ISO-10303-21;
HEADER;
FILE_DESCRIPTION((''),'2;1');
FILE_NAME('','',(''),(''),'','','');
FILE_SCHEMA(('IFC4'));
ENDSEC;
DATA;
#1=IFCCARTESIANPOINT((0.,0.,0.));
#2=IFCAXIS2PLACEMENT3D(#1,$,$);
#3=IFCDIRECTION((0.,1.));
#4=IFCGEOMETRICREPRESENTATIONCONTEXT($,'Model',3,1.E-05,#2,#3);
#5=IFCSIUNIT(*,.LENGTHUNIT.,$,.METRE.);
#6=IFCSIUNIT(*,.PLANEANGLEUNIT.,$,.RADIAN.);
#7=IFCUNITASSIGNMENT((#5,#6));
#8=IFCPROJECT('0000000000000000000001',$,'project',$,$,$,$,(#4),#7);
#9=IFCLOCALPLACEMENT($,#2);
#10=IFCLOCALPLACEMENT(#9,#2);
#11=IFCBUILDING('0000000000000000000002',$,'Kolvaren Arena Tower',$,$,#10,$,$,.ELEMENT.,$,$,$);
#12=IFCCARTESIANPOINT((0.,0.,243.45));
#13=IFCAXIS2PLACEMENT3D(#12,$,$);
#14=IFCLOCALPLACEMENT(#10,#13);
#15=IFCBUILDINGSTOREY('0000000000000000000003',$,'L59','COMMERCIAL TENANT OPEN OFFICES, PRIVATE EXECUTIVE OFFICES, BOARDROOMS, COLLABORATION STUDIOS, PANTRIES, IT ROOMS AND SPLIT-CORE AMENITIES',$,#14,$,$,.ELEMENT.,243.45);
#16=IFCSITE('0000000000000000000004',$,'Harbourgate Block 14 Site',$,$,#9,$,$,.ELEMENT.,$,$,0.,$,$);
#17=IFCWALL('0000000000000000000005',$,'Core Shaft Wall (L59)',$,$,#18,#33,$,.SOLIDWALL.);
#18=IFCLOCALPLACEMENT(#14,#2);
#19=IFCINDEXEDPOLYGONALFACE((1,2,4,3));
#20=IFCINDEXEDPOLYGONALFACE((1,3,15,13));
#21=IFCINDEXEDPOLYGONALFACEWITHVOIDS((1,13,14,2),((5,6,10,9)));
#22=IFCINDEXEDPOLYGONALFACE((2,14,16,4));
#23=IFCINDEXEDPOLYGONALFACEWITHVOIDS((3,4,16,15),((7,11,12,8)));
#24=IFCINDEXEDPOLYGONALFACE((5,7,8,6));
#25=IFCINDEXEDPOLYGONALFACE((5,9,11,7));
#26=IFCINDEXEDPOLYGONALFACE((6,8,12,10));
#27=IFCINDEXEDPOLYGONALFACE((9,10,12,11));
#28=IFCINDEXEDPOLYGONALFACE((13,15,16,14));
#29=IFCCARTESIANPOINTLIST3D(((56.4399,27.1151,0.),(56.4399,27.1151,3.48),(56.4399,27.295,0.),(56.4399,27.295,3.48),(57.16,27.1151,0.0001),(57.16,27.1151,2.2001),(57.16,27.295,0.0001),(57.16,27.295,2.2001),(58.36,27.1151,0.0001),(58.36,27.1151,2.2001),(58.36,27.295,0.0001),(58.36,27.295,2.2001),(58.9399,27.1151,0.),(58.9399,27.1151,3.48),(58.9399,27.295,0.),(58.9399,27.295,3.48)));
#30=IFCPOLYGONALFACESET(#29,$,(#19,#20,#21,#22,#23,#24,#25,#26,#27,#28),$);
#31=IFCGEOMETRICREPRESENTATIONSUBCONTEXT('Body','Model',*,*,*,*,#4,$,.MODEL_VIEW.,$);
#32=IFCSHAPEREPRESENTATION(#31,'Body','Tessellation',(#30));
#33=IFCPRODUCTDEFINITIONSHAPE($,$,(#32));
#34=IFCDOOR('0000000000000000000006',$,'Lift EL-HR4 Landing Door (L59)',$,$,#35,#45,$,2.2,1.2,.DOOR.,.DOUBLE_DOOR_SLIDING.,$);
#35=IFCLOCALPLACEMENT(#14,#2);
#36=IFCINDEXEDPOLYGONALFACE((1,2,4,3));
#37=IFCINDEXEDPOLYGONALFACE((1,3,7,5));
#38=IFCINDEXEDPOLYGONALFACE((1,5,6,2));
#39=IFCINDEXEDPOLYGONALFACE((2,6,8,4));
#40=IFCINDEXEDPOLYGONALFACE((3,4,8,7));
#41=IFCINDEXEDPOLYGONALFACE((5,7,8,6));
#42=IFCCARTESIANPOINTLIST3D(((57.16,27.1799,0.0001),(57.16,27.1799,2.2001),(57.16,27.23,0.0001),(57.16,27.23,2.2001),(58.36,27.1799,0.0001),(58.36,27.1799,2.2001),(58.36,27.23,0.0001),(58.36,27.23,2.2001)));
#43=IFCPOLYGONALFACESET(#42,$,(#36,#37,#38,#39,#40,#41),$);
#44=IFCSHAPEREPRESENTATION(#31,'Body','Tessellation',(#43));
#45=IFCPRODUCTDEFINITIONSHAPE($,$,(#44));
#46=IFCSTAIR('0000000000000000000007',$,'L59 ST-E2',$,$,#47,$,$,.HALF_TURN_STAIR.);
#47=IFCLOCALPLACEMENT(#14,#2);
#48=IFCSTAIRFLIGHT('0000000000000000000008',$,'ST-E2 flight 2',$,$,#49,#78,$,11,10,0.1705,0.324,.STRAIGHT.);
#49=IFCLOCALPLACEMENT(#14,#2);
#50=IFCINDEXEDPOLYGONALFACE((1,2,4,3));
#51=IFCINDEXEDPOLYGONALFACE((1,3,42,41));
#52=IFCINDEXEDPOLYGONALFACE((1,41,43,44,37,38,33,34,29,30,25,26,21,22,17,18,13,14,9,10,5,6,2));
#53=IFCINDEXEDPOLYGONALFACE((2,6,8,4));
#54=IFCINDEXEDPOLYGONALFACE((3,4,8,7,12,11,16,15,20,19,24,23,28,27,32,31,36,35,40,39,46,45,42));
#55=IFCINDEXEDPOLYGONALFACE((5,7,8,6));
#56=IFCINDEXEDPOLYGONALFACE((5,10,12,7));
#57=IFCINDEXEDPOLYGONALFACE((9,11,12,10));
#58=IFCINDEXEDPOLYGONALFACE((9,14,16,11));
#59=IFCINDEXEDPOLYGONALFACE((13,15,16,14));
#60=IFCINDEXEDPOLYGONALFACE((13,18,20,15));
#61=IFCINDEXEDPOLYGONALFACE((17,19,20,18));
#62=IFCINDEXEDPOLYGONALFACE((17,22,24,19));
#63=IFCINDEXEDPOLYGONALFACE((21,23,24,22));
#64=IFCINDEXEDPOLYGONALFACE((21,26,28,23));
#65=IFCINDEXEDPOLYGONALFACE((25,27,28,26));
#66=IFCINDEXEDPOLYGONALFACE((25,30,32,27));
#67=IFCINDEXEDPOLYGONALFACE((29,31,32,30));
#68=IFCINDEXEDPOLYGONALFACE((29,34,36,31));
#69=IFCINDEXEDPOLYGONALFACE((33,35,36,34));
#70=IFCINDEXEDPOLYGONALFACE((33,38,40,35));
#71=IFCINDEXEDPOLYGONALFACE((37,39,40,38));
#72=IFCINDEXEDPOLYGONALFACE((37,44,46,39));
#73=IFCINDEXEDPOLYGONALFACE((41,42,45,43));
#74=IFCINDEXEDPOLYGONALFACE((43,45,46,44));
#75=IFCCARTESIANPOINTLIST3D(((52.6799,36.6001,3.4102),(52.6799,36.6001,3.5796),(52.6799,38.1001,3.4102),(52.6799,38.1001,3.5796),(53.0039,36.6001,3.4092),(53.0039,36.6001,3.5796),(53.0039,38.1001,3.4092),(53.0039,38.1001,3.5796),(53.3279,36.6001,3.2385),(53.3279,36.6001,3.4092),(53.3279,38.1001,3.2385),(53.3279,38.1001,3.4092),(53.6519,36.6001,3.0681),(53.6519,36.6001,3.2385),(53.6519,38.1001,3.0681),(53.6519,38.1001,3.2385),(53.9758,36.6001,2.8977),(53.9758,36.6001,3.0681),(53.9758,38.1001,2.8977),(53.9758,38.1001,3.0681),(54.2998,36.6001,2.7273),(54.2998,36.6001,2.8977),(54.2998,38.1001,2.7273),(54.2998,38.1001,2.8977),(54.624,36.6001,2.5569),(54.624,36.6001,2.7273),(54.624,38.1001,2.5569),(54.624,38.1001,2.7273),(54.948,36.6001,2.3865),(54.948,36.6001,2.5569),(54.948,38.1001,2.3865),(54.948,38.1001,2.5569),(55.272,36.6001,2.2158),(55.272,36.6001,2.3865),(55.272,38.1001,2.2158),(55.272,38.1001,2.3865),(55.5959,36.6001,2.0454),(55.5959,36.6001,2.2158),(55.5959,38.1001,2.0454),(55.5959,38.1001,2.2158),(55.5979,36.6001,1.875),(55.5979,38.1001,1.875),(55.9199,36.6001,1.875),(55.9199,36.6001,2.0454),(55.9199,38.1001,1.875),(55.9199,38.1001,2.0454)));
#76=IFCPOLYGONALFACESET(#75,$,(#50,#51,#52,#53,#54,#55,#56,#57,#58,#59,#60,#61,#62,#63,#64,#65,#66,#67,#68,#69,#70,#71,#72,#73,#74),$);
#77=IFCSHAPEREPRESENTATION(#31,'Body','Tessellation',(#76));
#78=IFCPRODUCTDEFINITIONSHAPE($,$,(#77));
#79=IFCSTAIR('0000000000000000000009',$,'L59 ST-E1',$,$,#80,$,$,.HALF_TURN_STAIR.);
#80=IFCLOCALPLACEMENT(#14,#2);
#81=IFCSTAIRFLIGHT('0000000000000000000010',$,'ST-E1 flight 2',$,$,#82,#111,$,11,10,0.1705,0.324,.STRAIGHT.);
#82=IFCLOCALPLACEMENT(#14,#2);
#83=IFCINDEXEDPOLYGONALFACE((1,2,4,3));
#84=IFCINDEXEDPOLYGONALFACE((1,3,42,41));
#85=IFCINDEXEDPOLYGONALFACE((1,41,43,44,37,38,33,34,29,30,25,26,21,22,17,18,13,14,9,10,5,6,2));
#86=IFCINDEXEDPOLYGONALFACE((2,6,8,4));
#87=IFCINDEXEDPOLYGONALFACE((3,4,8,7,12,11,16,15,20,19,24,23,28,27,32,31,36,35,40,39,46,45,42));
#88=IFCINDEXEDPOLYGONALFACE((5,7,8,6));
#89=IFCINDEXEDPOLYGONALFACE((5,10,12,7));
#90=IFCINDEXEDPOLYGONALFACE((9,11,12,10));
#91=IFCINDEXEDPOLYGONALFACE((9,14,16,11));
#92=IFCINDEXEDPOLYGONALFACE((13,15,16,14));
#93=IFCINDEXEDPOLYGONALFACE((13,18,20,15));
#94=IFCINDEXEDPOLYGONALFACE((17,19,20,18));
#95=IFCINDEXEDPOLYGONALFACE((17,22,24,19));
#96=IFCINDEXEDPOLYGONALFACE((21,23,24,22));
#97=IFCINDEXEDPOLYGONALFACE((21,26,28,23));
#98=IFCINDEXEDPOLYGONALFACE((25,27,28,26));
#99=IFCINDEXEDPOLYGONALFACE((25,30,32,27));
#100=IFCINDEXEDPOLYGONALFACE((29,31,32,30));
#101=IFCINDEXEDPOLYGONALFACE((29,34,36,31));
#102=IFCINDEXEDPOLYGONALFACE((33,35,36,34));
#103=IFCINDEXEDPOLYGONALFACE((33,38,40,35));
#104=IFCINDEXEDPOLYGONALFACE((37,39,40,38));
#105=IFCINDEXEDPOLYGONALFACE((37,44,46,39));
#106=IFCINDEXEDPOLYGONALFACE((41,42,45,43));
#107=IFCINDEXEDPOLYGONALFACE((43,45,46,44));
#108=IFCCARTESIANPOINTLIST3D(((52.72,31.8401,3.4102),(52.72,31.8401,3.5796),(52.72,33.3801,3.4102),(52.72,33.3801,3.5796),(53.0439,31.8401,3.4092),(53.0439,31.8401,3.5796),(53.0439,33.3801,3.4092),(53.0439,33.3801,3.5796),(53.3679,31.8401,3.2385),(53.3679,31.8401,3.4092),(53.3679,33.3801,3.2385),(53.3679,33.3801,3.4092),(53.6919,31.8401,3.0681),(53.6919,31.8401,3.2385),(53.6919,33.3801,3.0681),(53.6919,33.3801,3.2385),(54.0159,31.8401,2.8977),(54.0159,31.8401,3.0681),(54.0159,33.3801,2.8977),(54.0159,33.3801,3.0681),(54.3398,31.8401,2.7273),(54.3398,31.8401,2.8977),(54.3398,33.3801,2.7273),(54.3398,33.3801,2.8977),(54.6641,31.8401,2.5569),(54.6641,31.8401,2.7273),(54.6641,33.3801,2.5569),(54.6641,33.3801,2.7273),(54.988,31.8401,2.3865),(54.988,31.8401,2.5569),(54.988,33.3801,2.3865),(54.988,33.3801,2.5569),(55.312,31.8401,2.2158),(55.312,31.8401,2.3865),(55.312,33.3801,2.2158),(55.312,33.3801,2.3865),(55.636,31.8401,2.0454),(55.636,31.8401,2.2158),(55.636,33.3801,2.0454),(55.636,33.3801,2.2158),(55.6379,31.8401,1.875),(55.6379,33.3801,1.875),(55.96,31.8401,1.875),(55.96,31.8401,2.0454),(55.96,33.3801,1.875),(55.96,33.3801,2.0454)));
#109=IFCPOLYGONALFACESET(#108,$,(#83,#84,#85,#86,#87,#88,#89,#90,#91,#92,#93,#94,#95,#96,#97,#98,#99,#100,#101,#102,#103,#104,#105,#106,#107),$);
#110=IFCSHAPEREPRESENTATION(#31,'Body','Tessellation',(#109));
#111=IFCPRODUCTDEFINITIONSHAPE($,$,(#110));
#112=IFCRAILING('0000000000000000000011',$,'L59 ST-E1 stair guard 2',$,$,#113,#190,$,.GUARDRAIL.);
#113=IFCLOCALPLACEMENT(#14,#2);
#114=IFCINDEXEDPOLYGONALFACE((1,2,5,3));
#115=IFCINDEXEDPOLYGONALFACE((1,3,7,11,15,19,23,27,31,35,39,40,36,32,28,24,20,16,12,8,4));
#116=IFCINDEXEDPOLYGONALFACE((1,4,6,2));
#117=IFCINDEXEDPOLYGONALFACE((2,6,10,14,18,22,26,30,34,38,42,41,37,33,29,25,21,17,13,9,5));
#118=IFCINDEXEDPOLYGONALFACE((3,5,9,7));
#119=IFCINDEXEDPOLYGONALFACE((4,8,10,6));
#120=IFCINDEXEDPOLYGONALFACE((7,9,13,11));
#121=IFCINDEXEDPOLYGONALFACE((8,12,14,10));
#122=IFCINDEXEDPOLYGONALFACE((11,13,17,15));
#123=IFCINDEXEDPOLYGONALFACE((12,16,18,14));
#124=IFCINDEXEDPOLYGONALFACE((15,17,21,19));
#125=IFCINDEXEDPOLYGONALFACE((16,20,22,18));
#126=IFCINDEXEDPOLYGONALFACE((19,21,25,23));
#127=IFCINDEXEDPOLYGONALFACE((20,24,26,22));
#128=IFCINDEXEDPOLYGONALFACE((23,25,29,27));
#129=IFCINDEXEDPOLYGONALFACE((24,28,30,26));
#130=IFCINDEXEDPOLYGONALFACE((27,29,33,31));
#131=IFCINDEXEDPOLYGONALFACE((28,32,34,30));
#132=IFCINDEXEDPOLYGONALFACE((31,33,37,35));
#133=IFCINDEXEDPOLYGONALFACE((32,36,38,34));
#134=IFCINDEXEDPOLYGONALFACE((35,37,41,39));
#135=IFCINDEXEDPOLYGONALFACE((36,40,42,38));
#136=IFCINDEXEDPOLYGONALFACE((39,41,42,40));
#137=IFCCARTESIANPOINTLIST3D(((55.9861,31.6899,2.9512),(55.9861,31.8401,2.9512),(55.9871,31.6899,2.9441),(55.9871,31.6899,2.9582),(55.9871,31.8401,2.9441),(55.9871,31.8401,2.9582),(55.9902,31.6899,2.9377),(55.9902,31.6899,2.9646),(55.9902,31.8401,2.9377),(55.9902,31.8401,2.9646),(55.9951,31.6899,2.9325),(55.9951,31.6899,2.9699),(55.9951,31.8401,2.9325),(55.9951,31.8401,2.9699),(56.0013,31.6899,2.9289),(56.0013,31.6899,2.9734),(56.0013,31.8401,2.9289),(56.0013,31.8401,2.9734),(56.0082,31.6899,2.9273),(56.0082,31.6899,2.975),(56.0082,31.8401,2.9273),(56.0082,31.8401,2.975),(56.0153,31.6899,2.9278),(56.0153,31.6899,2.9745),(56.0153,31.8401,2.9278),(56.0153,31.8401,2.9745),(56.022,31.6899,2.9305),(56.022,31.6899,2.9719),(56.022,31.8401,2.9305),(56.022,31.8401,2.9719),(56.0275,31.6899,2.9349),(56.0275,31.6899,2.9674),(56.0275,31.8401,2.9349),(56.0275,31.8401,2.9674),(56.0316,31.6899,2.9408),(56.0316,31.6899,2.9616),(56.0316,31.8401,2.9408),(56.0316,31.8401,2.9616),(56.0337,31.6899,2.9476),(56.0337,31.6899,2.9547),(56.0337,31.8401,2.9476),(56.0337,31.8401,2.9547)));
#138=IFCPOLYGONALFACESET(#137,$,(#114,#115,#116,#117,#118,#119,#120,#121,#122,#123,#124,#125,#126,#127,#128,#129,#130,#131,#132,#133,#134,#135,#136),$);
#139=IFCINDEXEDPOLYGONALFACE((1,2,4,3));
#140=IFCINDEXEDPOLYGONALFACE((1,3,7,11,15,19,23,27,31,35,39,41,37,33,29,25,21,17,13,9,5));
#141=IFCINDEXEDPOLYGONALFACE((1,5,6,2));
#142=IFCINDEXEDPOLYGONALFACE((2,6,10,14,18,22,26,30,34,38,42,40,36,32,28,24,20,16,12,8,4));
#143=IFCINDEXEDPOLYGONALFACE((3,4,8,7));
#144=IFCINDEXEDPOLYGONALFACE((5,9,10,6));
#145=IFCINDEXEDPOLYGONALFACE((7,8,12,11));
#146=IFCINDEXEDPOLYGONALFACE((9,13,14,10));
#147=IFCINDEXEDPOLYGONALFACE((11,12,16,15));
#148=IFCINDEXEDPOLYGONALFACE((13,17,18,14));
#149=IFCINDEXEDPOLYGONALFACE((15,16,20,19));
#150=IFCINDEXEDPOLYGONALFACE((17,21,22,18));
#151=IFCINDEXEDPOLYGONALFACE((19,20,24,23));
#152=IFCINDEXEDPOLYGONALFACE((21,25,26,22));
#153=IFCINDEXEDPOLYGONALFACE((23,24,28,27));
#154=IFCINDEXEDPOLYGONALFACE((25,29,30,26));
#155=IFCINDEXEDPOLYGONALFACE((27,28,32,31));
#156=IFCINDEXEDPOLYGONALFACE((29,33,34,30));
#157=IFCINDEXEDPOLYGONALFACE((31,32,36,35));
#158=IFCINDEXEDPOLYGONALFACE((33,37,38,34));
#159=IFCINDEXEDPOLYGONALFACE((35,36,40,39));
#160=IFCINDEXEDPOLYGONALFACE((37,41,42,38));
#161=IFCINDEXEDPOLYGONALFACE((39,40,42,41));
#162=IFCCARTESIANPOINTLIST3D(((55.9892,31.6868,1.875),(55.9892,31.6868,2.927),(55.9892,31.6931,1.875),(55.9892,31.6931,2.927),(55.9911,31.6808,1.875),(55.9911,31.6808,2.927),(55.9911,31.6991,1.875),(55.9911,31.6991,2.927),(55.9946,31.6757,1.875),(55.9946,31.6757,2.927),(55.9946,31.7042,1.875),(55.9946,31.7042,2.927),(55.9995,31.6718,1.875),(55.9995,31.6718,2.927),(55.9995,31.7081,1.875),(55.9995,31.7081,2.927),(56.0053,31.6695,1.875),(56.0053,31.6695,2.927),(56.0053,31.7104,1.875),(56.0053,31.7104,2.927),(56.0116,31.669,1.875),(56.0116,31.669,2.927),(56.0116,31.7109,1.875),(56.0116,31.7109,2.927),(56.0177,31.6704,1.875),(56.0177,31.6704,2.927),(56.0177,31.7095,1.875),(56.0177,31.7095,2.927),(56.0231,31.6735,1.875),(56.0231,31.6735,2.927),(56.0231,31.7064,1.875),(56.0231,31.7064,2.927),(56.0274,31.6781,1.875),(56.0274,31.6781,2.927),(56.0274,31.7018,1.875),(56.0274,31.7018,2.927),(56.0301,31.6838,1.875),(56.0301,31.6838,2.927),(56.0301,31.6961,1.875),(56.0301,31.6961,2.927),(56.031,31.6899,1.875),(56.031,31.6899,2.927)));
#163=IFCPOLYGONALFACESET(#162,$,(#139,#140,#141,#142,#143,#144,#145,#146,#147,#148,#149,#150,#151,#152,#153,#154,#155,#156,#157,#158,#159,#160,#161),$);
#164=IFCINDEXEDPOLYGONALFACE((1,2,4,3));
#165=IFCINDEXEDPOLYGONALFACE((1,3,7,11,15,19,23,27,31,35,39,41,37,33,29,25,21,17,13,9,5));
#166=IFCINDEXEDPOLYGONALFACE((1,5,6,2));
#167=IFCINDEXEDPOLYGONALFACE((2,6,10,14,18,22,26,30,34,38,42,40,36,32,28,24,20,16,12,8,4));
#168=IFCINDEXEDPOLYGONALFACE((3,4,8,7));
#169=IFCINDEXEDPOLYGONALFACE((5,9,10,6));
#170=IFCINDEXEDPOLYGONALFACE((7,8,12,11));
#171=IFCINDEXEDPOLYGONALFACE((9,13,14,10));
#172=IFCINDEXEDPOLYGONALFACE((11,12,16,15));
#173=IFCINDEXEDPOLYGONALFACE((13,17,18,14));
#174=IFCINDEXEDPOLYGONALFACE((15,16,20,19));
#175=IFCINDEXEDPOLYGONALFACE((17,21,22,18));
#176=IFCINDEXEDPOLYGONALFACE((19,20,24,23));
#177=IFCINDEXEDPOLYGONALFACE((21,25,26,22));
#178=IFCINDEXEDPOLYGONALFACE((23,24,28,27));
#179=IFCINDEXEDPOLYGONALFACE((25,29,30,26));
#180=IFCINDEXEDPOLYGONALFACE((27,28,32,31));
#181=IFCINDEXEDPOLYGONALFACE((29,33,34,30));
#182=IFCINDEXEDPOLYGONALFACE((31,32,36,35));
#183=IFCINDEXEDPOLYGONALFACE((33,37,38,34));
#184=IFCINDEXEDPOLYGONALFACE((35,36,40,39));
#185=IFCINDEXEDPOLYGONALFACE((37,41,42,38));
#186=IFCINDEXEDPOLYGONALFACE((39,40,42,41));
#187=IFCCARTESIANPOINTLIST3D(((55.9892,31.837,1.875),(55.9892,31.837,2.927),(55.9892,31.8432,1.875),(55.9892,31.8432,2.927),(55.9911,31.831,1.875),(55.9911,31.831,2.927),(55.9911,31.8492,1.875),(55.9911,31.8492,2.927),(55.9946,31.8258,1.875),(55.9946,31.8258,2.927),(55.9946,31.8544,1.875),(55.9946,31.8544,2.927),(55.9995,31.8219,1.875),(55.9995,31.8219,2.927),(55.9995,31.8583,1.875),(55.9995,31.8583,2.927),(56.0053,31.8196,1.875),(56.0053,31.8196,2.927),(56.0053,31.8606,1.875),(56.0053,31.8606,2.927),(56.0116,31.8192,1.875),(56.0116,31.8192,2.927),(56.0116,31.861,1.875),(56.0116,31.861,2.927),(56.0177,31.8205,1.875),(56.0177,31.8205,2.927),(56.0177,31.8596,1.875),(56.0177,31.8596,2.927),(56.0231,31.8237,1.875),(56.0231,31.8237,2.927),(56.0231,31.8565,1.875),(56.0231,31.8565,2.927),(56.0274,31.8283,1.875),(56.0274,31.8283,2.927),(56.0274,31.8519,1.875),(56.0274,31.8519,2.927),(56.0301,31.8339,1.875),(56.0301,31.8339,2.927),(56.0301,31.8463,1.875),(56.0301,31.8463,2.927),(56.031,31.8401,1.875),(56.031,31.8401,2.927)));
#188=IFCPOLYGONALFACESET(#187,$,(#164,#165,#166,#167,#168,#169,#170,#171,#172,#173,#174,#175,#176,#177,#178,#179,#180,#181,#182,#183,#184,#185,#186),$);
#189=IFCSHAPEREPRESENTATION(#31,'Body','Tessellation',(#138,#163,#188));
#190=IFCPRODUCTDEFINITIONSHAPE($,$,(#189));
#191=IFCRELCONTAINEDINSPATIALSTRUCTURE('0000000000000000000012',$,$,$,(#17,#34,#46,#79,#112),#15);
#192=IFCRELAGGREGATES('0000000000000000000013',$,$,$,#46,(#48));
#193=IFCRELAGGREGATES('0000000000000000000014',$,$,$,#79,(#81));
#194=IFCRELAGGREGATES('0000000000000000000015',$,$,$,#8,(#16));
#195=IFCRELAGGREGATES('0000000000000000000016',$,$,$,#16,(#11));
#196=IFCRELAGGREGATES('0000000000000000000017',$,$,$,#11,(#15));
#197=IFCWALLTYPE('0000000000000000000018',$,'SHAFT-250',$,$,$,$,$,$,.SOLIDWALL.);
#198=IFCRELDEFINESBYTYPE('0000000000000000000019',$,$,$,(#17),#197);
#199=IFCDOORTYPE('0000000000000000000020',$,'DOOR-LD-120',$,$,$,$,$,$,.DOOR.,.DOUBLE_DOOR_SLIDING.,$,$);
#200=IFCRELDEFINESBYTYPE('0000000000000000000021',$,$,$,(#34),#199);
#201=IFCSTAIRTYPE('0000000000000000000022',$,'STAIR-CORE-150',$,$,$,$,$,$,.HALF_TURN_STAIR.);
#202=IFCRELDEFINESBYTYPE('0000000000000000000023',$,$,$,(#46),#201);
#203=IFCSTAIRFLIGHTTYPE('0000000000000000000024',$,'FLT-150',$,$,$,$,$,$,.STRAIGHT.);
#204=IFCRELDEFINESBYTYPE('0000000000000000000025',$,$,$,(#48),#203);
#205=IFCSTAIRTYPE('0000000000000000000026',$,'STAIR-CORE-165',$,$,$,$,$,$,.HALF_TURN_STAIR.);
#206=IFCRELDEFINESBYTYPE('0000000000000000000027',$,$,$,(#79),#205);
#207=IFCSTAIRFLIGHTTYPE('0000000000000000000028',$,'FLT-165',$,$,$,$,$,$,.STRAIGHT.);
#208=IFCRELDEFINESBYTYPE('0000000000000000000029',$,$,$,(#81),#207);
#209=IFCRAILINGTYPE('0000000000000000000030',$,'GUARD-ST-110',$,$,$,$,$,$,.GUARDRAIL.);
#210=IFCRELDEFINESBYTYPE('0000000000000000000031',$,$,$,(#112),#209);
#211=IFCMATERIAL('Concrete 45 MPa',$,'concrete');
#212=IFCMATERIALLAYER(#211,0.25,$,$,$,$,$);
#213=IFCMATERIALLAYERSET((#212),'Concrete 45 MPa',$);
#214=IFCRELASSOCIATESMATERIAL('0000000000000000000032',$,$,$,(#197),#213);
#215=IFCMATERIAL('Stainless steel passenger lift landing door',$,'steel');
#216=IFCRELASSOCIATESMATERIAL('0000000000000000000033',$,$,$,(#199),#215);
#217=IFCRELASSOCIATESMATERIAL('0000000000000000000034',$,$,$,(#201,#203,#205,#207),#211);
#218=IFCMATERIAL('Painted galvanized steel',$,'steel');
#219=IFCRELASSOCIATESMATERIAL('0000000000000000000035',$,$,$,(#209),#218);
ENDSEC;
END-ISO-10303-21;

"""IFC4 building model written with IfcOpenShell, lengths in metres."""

from ifc_helpers import new_model, si_unit, direction, frame, frame_2d, origin, origin_2d, place, context, subcontext, project, spatial, polyline, rectangle, circle, outline, extrude, material, layer, layer_set, type_object, element, fill, aggregate, save


model = new_model("IFC4")

# Units and contexts
model_context = context("Model", 3, precision=1e-05, world=origin(), true_north=direction((0.0, 1.0)))
body_context = subcontext(model_context, "Body", "Model", "MODEL_VIEW")
ifc_project = project(units=[si_unit("LENGTHUNIT", "METRE"), si_unit("PLANEANGLEUNIT", "RADIAN")], contexts=[model_context])

# Site, building, storey
site_placement = place(None, origin())
site = spatial("IfcSite", under=ifc_project, at=site_placement, Name="Harbourgate Block 14 Site", CompositionType="ELEMENT", RefElevation=0.0)
building_placement = place(site_placement, origin())
building = spatial("IfcBuilding", under=site, at=building_placement, Name="Kolvaren Arena Tower", CompositionType="ELEMENT")
storey_placement = place(building_placement, frame((0.0, 0.0, 243.45)))
storey = spatial("IfcBuildingStorey", under=building, at=storey_placement, Name="L59", Description="COMMERCIAL TENANT OPEN OFFICES, PRIVATE EXECUTIVE OFFICES, BOARDROOMS, COLLABORATION STUDIOS, PANTRIES, IT ROOMS AND SPLIT-CORE AMENITIES", CompositionType="ELEMENT", Elevation=243.45)

# Shared definitions
ifc_material_1 = material(Name="Concrete 45 MPa", Category="concrete")
ifc_layer = layer(ifc_material_1, 0.25)
ifc_layer_set = layer_set([ifc_layer], Name="Concrete 45 MPa")
wall_type = type_object("IfcWallType", Name="SHAFT-250", PredefinedType="SOLIDWALL", material=ifc_layer_set)

# Wall, opening, door
wall_1_placement = place(storey_placement, frame((56.4399, 27.2051, 0.0), z_axis=(0.0, 0.0, 1.0), x_axis=(1.0, 0.0, 0.0)))
wall_1 = element("IfcWall", 1, at=wall_1_placement, inside=storey, type_object=wall_type, Name="Core Shaft Wall (L59)", PredefinedType="SOLIDWALL", context=body_context, shape_type="SweptSolid", body=[
    extrude(rectangle(XDim=2.5, YDim=0.1799, at=frame_2d((1.25, 0.0))), origin(), (0.0, 0.0, 1.0), 3.48),
])
opening_1_placement = place(wall_1_placement, frame((0.72, 0.0, 0.0)))
opening_1 = element("IfcOpeningElement", 2, at=opening_1_placement, cuts=wall_1, PredefinedType="OPENING", context=body_context, shape_type="SweptSolid", body=[
    extrude(rectangle(XDim=1.2, YDim=2.2, at=frame_2d((0.6001, 1.1001))), frame((0.0, 0.0999, 0.0), z_axis=(0.0, -1.0, 0.0), x_axis=(1.0, 0.0, 0.0)), (0.0, 0.0, 1.0), 0.2),
])
ifc_material_2 = material(Name="Stainless steel passenger lift landing door", Category="steel")
door_type_1 = type_object("IfcDoorType", Name="DOOR-LD-120", OperationType="DOUBLE_DOOR_SLIDING", PredefinedType="DOOR", material=ifc_material_2)
door_1_placement = place(opening_1_placement, origin())
door_1 = element("IfcDoor", 3, at=door_1_placement, inside=storey, type_object=door_type_1, Name="Lift EL-HR4 Landing Door (L59)", OperationType="DOUBLE_DOOR_SLIDING", OverallHeight=2.2, OverallWidth=1.2, PredefinedType="DOOR", context=body_context, shape_type="SweptSolid", body=[
    extrude(rectangle(XDim=1.2, YDim=2.2, at=frame_2d((0.6001, 1.1001))), frame((0.0, 0.0249, 0.0), z_axis=(0.0, -1.0, 0.0), x_axis=(1.0, 0.0, 0.0)), (0.0, 0.0, 1.0), 0.05),
])
fill(opening_1, door_1)

# Stairs, stair flights
stair_type_1 = type_object("IfcStairType", Name="STAIR-CORE-150", PredefinedType="HALF_TURN_STAIR", material=ifc_material_1)
stair_1_placement = place(storey_placement, origin())
stair_1 = element("IfcStair", 4, at=stair_1_placement, inside=storey, type_object=stair_type_1, Name="L59 ST-E2", PredefinedType="HALF_TURN_STAIR")
stair_flight_type_1 = type_object("IfcStairFlightType", Name="FLT-150", PredefinedType="STRAIGHT", material=ifc_material_1)
stair_flight_1_placement = place(storey_placement, frame((55.9199, 37.3501, 1.875), z_axis=(0.0, 0.0, 1.0), x_axis=(-1.0, 0.0, 0.0)))
stair_flight_1 = element("IfcStairFlight", 5, at=stair_flight_1_placement, type_object=stair_flight_type_1, Name="ST-E2 flight 2", NumberOfRisers=11, NumberOfTreads=10, PredefinedType="STRAIGHT", RiserHeight=0.1705, TreadLength=0.324, context=body_context, shape_type="SweptSolid", body=[
    extrude(outline(polyline([(0.0, 0.0), (0.0, 0.1704), (0.324, 0.1704), (0.324, 0.3408), (0.6479, 0.3408), (0.6479, 0.5115), (0.9719, 0.5115), (0.9719, 0.6819), (1.2959, 0.6819), (1.2959, 0.8523), (1.6201, 0.8523), (1.6201, 1.0227), (1.9441, 1.0227), (1.9441, 1.1931), (2.2681, 1.1931), (2.2681, 1.3635), (2.592, 1.3635), (2.592, 1.5342), (2.916, 1.5342), (2.916, 1.7046), (3.24, 1.7046), (3.24, 1.875), (3.24, 1.5352), (0.322, 0.0), (0.0, 0.0)])), frame((0.0, 0.75, 0.0), z_axis=(0.0, -1.0, 0.0), x_axis=(1.0, 0.0, 0.0)), (0.0, 0.0, 1.0), 1.5),
])
aggregate(stair_1, [stair_flight_1])
stair_type_2 = type_object("IfcStairType", Name="STAIR-CORE-165", PredefinedType="HALF_TURN_STAIR", material=ifc_material_1)
stair_2_placement = place(storey_placement, origin())
stair_2 = element("IfcStair", 6, at=stair_2_placement, inside=storey, type_object=stair_type_2, Name="L59 ST-E1", PredefinedType="HALF_TURN_STAIR")
stair_flight_type_2 = type_object("IfcStairFlightType", Name="FLT-165", PredefinedType="STRAIGHT", material=ifc_material_1)
stair_flight_2_placement = place(storey_placement, frame((55.96, 32.6101, 1.875), z_axis=(0.0, 0.0, 1.0), x_axis=(-1.0, 0.0, 0.0)))
stair_flight_2 = element("IfcStairFlight", 7, at=stair_flight_2_placement, type_object=stair_flight_type_2, Name="ST-E1 flight 2", NumberOfRisers=11, NumberOfTreads=10, PredefinedType="STRAIGHT", RiserHeight=0.1705, TreadLength=0.324, context=body_context, shape_type="SweptSolid", body=[
    extrude(outline(polyline([(0.0, 0.0), (0.0, 0.1704), (0.324, 0.1704), (0.324, 0.3408), (0.6479, 0.3408), (0.6479, 0.5115), (0.9719, 0.5115), (0.9719, 0.6819), (1.2959, 0.6819), (1.2959, 0.8523), (1.6201, 0.8523), (1.6201, 1.0227), (1.9441, 1.0227), (1.9441, 1.1931), (2.2681, 1.1931), (2.2681, 1.3635), (2.592, 1.3635), (2.592, 1.5342), (2.916, 1.5342), (2.916, 1.7046), (3.24, 1.7046), (3.24, 1.875), (3.24, 1.5352), (0.322, 0.0), (0.0, 0.0)])), frame((0.0, 0.77, 0.0), z_axis=(0.0, -1.0, 0.0), x_axis=(1.0, 0.0, 0.0)), (0.0, 0.0, 1.0), 1.54),
])
aggregate(stair_2, [stair_flight_2])

# Railing
ifc_material_3 = material(Name="Painted galvanized steel", Category="steel")
railing_type_1 = type_object("IfcRailingType", Name="GUARD-ST-110", PredefinedType="GUARDRAIL", material=ifc_material_3)
railing_1_placement = place(storey_placement, frame((56.01, 31.6899, 1.875)))
element("IfcRailing", 8, at=railing_1_placement, inside=storey, type_object=railing_type_1, Name="L59 ST-E1 stair guard 2", PredefinedType="GUARDRAIL", context=body_context, shape_type="SweptSolid", body=[
    extrude(circle(Radius=0.0239, at=origin_2d()), frame((0.0, 0.0, 1.0762), z_axis=(0.0, 1.0, 0.0), x_axis=(-1.0, 0.0, 0.0)), (0.0, 0.0, 1.0), 0.1501),
    extrude(circle(Radius=0.021, at=origin_2d()), origin(), (0.0, 0.0, 1.0), 1.052),
    extrude(circle(Radius=0.021, at=origin_2d()), frame((0.0, 0.1501, 0.0)), (0.0, 0.0, 1.0), 1.052),
])

save(model, "model.ifc")
